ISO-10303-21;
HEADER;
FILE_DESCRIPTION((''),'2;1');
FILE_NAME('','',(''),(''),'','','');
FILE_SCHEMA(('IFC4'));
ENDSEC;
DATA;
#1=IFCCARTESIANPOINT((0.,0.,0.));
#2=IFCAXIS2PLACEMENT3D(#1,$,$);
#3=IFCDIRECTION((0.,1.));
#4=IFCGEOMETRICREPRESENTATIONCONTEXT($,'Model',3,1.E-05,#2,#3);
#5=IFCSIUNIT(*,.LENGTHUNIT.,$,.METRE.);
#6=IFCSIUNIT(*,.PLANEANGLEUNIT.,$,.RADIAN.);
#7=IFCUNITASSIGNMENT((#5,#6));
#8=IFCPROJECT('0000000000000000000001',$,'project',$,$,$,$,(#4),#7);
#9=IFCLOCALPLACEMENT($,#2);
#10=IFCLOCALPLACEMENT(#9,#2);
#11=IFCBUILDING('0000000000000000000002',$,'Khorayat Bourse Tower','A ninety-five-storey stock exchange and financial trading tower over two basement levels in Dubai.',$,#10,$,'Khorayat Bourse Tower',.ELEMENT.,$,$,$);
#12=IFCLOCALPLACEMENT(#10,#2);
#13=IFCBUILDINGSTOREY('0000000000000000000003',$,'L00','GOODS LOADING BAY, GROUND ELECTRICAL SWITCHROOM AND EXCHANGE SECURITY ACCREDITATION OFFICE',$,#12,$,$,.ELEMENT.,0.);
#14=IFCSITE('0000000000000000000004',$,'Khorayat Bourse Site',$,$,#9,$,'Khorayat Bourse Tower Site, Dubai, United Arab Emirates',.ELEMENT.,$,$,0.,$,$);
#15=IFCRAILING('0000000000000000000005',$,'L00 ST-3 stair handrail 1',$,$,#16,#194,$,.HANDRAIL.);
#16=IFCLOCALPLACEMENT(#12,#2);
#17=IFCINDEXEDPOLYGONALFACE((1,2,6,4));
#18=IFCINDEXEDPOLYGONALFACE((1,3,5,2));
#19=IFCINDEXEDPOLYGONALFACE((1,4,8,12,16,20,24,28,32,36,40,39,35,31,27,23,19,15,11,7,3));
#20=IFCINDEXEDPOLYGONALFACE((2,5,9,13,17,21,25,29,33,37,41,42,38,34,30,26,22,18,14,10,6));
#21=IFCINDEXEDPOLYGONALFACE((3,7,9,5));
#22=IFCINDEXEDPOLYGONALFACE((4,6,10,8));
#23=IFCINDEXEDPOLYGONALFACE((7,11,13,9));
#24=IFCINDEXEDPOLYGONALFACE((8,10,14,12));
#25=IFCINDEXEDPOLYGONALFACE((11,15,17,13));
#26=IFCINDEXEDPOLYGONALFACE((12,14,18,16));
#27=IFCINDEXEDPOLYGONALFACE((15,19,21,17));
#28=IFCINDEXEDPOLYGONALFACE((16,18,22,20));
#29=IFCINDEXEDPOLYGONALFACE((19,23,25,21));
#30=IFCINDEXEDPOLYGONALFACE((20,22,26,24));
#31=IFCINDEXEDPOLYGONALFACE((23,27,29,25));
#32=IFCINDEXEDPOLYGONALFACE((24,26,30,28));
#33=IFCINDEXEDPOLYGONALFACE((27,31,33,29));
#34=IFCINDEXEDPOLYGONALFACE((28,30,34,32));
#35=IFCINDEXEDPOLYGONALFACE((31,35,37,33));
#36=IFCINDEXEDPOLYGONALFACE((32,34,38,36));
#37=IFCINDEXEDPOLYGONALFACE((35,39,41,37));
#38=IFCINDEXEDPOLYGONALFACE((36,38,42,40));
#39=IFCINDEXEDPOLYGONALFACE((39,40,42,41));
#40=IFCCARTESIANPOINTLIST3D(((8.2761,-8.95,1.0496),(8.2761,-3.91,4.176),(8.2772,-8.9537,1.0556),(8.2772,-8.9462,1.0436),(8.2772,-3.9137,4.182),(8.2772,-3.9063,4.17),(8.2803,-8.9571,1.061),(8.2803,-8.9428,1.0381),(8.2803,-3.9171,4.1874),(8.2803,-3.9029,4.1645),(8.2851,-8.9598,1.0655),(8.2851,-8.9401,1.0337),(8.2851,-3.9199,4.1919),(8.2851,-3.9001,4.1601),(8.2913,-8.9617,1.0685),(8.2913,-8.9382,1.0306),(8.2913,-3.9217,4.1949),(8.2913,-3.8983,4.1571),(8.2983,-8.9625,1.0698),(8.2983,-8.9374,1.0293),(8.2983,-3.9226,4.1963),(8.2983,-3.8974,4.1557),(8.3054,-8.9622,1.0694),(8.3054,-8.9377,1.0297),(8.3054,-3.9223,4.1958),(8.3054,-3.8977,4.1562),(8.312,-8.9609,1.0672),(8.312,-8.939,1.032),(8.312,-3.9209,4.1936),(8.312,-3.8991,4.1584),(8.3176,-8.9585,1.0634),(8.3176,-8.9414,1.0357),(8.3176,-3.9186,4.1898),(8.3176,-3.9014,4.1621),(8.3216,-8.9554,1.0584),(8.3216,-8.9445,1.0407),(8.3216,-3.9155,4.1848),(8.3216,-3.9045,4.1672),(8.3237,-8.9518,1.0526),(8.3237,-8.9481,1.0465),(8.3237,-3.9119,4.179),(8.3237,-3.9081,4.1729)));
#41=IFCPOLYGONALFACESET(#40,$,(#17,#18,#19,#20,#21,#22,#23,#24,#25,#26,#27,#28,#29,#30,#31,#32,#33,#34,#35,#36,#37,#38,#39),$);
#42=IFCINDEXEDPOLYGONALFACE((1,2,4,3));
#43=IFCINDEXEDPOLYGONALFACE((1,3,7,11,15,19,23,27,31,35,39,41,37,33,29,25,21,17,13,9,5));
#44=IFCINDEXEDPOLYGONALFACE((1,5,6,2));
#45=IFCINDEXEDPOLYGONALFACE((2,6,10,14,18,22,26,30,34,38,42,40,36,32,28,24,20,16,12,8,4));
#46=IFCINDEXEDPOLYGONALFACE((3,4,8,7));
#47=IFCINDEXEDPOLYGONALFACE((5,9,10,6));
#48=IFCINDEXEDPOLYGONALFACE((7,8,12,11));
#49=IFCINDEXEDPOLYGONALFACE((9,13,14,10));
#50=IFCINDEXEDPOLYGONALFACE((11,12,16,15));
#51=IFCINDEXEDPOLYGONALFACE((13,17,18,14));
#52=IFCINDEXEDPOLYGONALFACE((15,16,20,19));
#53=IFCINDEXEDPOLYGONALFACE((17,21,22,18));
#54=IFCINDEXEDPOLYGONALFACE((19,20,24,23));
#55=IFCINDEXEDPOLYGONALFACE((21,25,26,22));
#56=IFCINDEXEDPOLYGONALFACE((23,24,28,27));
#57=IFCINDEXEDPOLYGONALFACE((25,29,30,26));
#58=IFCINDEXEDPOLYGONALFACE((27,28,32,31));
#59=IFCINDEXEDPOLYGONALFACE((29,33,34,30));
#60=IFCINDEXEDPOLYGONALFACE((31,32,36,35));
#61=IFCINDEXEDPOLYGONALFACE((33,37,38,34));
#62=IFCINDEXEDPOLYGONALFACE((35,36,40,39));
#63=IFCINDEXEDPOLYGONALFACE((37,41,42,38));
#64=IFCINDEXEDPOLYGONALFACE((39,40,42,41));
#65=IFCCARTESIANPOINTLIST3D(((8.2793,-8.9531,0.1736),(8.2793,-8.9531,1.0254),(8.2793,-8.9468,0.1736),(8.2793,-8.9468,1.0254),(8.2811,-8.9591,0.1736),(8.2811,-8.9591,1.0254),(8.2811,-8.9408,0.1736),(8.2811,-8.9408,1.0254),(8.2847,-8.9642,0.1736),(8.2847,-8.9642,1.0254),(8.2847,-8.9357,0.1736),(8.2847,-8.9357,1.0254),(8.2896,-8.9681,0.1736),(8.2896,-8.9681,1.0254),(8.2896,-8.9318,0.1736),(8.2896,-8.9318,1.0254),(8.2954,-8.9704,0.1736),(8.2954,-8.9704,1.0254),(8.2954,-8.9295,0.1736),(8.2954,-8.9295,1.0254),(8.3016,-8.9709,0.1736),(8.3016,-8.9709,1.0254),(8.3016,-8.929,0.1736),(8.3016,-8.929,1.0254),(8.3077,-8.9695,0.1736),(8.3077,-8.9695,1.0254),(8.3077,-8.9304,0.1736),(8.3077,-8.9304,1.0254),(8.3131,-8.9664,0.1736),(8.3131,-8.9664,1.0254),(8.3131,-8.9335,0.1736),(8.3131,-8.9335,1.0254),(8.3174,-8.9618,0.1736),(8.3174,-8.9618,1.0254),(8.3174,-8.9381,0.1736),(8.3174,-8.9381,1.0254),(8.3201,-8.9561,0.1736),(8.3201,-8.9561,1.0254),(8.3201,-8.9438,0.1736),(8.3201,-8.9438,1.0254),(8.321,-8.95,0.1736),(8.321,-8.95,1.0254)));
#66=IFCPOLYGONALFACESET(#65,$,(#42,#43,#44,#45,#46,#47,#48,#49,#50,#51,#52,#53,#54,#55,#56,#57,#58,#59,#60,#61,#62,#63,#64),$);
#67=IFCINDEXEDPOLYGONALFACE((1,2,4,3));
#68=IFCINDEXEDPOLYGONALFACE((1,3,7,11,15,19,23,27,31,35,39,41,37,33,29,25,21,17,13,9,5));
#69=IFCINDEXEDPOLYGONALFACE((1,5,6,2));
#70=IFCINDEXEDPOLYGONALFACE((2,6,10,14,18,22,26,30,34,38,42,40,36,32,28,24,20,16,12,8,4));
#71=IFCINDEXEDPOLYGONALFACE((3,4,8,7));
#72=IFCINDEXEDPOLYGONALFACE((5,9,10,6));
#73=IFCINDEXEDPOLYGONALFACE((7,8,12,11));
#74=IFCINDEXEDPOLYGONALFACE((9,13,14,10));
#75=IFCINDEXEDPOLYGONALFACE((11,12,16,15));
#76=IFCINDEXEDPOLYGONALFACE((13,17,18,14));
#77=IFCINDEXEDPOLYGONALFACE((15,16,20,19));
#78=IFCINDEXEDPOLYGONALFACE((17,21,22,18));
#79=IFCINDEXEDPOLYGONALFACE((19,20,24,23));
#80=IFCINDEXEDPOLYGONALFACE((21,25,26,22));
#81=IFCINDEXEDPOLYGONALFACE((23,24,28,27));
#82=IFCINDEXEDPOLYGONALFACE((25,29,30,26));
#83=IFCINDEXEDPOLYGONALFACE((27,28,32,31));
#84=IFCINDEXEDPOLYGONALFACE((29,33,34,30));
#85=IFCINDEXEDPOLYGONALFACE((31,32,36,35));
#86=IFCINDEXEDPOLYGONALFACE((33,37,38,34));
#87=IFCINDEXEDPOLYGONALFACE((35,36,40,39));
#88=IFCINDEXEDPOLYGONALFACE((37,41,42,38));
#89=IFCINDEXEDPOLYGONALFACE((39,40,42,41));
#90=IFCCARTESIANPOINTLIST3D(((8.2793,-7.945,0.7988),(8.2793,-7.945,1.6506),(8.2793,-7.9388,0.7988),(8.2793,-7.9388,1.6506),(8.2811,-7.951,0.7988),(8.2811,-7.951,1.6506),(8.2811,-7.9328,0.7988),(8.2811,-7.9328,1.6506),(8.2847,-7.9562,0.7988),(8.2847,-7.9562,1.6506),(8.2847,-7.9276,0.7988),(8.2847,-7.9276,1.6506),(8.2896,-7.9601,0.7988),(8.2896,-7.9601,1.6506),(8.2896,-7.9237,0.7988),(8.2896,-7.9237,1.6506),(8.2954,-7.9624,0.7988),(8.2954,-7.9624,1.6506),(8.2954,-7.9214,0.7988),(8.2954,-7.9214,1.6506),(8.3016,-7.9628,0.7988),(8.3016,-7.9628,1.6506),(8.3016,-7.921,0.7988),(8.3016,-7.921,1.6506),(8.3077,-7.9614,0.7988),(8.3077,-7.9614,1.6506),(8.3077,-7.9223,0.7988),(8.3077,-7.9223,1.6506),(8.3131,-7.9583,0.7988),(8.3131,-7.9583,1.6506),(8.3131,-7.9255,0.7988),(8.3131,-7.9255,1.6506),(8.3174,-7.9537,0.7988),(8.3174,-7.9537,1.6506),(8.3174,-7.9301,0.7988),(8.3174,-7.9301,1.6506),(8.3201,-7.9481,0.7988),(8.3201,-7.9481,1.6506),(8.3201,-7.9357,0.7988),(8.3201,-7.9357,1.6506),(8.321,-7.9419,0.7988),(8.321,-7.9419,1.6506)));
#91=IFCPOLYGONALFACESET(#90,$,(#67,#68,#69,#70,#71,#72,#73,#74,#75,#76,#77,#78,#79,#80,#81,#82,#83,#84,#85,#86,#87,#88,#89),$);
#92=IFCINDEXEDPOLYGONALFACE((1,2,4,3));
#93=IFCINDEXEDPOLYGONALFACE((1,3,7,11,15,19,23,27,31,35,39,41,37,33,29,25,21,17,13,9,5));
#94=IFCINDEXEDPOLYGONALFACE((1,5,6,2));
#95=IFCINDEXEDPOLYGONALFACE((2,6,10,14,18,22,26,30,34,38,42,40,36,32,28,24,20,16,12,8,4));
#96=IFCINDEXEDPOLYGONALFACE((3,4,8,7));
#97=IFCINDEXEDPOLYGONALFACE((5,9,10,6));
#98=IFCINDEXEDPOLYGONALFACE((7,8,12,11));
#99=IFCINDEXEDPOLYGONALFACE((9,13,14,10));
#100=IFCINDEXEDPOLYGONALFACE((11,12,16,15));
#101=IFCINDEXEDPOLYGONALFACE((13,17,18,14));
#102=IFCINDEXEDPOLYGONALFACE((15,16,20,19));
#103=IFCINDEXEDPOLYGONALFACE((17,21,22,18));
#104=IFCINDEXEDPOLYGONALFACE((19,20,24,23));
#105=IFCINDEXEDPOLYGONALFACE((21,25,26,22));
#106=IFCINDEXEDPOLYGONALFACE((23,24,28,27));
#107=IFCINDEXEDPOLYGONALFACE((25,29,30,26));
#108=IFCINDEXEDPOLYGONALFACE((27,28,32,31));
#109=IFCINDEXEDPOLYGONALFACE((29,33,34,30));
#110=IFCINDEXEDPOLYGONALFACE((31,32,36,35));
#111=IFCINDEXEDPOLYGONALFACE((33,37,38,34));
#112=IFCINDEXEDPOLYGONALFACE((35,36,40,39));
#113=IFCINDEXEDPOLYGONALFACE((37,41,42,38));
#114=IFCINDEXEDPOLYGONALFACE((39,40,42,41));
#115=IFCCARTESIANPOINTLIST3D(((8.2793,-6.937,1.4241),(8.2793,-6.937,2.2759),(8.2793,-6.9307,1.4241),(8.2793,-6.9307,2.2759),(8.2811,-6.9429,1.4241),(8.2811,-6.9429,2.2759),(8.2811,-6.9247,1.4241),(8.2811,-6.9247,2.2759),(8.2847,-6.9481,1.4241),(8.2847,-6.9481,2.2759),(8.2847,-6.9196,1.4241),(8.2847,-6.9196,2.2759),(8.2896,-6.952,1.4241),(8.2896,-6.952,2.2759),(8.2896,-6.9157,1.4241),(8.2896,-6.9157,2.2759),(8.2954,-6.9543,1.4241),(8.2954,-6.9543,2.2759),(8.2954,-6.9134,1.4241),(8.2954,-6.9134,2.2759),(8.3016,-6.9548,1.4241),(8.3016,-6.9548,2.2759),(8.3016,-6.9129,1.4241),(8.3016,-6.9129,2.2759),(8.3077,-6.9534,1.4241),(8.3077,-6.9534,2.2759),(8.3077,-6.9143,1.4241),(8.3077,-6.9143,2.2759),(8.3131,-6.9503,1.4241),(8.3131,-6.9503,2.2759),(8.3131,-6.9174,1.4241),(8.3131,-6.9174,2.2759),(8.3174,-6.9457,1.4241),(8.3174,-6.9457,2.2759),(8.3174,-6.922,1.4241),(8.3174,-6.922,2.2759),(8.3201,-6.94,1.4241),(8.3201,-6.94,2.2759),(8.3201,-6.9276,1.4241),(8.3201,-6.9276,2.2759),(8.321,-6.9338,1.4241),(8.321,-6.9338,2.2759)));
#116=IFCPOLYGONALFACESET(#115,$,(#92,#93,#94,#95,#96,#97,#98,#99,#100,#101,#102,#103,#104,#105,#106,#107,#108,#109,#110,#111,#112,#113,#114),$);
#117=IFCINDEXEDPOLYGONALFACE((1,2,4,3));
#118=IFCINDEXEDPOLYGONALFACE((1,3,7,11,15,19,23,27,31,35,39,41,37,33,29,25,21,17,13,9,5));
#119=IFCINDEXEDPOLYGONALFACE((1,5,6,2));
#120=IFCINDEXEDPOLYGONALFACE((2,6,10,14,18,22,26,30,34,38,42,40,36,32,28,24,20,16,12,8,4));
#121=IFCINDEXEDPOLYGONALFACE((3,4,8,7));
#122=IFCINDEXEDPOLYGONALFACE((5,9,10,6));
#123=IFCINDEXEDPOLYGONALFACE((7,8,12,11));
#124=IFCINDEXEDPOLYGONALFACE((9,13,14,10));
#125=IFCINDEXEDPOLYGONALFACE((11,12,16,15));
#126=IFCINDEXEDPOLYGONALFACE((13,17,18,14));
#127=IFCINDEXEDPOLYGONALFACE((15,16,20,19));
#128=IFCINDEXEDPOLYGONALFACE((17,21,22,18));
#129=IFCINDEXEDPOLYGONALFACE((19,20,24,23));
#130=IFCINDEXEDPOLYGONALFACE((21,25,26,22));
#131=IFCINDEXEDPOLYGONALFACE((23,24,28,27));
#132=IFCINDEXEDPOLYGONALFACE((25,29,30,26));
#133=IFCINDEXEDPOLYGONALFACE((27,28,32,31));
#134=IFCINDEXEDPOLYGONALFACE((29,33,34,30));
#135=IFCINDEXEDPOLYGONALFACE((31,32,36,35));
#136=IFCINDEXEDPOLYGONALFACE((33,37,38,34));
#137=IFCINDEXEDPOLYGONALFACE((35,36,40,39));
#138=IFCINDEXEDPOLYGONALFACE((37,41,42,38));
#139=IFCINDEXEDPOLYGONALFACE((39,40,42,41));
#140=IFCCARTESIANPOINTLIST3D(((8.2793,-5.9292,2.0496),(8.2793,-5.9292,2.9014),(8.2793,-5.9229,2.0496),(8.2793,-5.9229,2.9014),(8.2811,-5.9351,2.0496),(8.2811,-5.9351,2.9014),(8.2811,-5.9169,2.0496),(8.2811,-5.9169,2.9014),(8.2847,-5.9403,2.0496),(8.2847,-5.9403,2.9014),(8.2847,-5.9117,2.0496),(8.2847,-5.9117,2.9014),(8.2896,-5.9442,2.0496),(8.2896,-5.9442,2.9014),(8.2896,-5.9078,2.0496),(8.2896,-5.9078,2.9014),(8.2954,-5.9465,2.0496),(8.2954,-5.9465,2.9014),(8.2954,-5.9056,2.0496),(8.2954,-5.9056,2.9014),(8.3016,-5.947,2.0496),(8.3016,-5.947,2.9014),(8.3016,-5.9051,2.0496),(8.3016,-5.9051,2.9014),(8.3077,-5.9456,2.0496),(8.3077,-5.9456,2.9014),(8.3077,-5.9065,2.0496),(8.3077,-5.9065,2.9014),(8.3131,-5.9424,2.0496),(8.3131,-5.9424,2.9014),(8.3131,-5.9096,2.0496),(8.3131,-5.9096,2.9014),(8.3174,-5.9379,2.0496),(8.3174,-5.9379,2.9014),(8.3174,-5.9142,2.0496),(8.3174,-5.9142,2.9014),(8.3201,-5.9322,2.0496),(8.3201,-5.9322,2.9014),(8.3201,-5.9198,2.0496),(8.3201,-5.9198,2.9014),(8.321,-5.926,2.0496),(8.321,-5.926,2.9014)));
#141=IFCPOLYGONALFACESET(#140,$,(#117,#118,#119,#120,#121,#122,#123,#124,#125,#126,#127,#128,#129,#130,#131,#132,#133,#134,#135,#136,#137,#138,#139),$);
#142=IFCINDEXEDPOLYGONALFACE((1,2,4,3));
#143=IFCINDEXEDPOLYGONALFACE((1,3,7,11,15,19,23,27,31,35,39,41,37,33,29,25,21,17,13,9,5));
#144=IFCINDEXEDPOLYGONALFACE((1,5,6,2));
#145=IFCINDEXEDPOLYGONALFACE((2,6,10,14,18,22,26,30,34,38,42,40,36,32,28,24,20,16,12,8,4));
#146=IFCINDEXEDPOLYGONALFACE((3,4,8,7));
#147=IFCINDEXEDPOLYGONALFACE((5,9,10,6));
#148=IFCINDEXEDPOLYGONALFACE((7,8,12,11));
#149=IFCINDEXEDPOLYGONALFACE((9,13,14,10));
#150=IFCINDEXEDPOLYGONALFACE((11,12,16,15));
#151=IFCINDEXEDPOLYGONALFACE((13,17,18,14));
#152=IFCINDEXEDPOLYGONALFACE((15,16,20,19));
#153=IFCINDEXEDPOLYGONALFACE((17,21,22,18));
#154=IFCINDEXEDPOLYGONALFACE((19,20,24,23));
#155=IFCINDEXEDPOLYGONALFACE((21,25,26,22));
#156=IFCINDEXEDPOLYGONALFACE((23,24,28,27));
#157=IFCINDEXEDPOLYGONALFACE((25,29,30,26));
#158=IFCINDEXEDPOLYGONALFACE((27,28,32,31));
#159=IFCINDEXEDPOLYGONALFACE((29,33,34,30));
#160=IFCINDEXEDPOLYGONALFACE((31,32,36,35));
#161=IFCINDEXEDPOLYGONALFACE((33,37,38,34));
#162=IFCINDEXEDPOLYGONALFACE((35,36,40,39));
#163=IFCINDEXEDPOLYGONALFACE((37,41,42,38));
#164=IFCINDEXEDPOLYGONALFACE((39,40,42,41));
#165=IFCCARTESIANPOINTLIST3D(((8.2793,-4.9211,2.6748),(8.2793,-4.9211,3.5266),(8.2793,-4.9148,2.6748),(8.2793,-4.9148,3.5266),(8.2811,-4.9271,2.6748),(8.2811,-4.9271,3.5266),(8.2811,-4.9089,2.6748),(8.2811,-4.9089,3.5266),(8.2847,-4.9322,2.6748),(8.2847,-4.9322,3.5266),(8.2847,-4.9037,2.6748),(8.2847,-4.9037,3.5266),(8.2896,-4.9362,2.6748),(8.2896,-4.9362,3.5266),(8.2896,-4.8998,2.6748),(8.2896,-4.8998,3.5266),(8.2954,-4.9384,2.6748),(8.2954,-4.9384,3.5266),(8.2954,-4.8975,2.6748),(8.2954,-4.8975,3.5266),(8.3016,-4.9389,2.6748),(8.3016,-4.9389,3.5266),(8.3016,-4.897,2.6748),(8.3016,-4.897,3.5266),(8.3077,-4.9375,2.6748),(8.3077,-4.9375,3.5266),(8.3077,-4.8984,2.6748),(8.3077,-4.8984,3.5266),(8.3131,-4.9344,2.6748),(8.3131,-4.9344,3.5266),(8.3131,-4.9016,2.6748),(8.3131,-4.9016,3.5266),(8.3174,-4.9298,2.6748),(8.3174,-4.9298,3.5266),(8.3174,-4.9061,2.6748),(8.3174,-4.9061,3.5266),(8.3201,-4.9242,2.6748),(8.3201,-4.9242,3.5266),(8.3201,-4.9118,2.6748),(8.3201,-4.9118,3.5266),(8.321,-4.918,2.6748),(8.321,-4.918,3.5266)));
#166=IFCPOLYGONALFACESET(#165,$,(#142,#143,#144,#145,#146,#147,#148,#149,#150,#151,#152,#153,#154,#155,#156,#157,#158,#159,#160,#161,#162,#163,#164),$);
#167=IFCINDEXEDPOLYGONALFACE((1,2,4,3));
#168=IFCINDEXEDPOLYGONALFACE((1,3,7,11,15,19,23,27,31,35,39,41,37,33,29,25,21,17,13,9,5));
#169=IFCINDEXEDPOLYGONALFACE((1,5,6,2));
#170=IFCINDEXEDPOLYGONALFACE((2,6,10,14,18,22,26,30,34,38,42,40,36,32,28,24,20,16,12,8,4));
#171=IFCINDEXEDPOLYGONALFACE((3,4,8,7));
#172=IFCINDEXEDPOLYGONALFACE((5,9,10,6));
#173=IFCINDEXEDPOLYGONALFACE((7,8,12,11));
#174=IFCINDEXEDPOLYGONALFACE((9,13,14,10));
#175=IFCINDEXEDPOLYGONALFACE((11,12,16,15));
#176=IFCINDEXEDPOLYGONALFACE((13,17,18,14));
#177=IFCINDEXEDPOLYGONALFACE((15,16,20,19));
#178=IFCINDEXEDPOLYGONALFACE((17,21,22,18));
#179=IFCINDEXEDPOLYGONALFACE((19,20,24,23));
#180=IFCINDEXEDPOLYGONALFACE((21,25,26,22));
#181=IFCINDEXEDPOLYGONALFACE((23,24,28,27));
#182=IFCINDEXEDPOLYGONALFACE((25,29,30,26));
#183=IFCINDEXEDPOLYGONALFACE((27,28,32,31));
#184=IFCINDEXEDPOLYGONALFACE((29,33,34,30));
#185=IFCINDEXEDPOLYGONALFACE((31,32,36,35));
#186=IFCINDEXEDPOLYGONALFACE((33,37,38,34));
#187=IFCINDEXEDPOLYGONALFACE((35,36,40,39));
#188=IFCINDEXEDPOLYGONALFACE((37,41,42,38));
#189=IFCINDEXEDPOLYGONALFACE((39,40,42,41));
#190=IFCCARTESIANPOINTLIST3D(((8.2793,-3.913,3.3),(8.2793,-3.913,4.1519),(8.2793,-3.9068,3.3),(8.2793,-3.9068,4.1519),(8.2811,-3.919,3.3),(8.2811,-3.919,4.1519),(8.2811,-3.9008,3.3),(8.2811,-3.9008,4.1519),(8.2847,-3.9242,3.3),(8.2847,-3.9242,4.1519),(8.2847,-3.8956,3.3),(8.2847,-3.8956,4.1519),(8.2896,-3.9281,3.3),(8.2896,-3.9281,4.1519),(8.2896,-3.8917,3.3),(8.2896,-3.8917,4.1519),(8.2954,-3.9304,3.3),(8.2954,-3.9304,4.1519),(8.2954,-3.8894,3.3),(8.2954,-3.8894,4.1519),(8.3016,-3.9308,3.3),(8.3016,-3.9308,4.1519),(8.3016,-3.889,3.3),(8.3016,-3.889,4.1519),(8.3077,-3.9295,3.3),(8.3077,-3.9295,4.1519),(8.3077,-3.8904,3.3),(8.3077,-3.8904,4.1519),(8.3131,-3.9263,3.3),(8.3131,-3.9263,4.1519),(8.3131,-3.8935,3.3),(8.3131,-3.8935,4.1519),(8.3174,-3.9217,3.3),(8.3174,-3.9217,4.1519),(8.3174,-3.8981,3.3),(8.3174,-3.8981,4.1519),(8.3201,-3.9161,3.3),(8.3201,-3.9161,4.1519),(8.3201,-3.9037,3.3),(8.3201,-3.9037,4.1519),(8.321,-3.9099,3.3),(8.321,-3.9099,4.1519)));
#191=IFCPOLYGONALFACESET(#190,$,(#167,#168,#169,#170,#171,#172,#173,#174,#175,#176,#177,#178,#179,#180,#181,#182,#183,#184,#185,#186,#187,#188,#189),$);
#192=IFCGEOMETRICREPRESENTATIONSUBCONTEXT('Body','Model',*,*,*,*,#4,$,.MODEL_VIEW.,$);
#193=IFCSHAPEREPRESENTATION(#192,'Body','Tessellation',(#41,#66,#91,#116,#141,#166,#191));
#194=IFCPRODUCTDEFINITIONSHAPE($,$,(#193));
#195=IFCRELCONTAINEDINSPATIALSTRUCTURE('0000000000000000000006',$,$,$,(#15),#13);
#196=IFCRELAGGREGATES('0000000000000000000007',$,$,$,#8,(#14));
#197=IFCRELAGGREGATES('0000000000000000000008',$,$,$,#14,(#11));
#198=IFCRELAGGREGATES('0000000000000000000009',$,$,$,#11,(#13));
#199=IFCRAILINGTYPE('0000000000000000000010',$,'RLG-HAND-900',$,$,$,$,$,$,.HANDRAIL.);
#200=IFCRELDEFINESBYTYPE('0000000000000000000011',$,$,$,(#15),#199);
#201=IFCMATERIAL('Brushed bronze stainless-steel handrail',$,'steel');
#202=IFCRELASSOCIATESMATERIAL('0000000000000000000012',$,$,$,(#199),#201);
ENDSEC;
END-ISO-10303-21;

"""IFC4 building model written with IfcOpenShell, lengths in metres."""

from ifc_helpers import new_model, si_unit, direction, frame, origin, origin_2d, place, context, subcontext, project, spatial, circle, extrude, source, transform, mapped, material, type_object, element, save


model = new_model("IFC4")

# Units and contexts
model_context = context("Model", 3, precision=1e-05, world=origin(), true_north=direction((0.0, 1.0)))
body_context = subcontext(model_context, "Body", "Model", "MODEL_VIEW")
ifc_project = project(units=[si_unit("LENGTHUNIT", "METRE"), si_unit("PLANEANGLEUNIT", "RADIAN")], contexts=[model_context])

# Site, building, storey
site_placement = place(None, origin())
site = spatial("IfcSite", under=ifc_project, at=site_placement, Name="Khorayat Bourse Site", LongName="Khorayat Bourse Tower Site, Dubai, United Arab Emirates", CompositionType="ELEMENT", RefElevation=0.0)
building_placement = place(site_placement, origin())
building = spatial("IfcBuilding", under=site, at=building_placement, Name="Khorayat Bourse Tower", Description="A ninety-five-storey stock exchange and financial trading tower over two basement levels in Dubai.", LongName="Khorayat Bourse Tower", CompositionType="ELEMENT")
storey_placement = place(building_placement, origin())
storey = spatial("IfcBuildingStorey", under=building, at=storey_placement, Name="L00", Description="GOODS LOADING BAY, GROUND ELECTRICAL SWITCHROOM AND EXCHANGE SECURITY ACCREDITATION OFFICE", CompositionType="ELEMENT", Elevation=0.0)

# Railing
ifc_material_1 = material(Name="Brushed bronze stainless-steel handrail", Category="steel")
railing_type_1 = type_object("IfcRailingType", Name="RLG-HAND-900", PredefinedType="HANDRAIL", material=ifc_material_1)
shared_shape_1 = source(origin(), body_context, "Body", "SweptSolid", [
    extrude(circle(Radius=0.0239, at=origin_2d()), frame((0.0, 0.0, 0.876), z_axis=(0.0, 0.849779, 0.527139), x_axis=(-1.0, 0.0, 0.0)), (0.0, 0.0, 1.0), 5.9309),
    extrude(circle(Radius=0.021, at=origin_2d()), origin(), (0.0, 0.0, 1.0), 0.8518),
    extrude(circle(Radius=0.021, at=origin_2d()), frame((0.0, 1.0081, 0.6252)), (0.0, 0.0, 1.0), 0.8518),
    extrude(circle(Radius=0.021, at=origin_2d()), frame((0.0, 2.0161, 1.2505)), (0.0, 0.0, 1.0), 0.8518),
    extrude(circle(Radius=0.021, at=origin_2d()), frame((0.0, 3.0239, 1.876)), (0.0, 0.0, 1.0), 0.8518),
    extrude(circle(Radius=0.021, at=origin_2d()), frame((0.0, 4.032, 2.5012)), (0.0, 0.0, 1.0), 0.8518),
    extrude(circle(Radius=0.021, at=origin_2d()), frame((0.0, 5.04, 3.1265)), (0.0, 0.0, 1.0), 0.8518),
])
railing_1_placement = place(storey_placement, frame((8.3, -8.95, 0.1736)))
element("IfcRailing", 1, at=railing_1_placement, inside=storey, type_object=railing_type_1, Name="L00 ST-3 stair handrail 1", PredefinedType="HANDRAIL", context=body_context, shape_type="MappedRepresentation", body=[
    mapped(shared_shape_1, transform((0.0, 0.0, 0.0), scale=1.0)),
])

save(model, "model.ifc")
